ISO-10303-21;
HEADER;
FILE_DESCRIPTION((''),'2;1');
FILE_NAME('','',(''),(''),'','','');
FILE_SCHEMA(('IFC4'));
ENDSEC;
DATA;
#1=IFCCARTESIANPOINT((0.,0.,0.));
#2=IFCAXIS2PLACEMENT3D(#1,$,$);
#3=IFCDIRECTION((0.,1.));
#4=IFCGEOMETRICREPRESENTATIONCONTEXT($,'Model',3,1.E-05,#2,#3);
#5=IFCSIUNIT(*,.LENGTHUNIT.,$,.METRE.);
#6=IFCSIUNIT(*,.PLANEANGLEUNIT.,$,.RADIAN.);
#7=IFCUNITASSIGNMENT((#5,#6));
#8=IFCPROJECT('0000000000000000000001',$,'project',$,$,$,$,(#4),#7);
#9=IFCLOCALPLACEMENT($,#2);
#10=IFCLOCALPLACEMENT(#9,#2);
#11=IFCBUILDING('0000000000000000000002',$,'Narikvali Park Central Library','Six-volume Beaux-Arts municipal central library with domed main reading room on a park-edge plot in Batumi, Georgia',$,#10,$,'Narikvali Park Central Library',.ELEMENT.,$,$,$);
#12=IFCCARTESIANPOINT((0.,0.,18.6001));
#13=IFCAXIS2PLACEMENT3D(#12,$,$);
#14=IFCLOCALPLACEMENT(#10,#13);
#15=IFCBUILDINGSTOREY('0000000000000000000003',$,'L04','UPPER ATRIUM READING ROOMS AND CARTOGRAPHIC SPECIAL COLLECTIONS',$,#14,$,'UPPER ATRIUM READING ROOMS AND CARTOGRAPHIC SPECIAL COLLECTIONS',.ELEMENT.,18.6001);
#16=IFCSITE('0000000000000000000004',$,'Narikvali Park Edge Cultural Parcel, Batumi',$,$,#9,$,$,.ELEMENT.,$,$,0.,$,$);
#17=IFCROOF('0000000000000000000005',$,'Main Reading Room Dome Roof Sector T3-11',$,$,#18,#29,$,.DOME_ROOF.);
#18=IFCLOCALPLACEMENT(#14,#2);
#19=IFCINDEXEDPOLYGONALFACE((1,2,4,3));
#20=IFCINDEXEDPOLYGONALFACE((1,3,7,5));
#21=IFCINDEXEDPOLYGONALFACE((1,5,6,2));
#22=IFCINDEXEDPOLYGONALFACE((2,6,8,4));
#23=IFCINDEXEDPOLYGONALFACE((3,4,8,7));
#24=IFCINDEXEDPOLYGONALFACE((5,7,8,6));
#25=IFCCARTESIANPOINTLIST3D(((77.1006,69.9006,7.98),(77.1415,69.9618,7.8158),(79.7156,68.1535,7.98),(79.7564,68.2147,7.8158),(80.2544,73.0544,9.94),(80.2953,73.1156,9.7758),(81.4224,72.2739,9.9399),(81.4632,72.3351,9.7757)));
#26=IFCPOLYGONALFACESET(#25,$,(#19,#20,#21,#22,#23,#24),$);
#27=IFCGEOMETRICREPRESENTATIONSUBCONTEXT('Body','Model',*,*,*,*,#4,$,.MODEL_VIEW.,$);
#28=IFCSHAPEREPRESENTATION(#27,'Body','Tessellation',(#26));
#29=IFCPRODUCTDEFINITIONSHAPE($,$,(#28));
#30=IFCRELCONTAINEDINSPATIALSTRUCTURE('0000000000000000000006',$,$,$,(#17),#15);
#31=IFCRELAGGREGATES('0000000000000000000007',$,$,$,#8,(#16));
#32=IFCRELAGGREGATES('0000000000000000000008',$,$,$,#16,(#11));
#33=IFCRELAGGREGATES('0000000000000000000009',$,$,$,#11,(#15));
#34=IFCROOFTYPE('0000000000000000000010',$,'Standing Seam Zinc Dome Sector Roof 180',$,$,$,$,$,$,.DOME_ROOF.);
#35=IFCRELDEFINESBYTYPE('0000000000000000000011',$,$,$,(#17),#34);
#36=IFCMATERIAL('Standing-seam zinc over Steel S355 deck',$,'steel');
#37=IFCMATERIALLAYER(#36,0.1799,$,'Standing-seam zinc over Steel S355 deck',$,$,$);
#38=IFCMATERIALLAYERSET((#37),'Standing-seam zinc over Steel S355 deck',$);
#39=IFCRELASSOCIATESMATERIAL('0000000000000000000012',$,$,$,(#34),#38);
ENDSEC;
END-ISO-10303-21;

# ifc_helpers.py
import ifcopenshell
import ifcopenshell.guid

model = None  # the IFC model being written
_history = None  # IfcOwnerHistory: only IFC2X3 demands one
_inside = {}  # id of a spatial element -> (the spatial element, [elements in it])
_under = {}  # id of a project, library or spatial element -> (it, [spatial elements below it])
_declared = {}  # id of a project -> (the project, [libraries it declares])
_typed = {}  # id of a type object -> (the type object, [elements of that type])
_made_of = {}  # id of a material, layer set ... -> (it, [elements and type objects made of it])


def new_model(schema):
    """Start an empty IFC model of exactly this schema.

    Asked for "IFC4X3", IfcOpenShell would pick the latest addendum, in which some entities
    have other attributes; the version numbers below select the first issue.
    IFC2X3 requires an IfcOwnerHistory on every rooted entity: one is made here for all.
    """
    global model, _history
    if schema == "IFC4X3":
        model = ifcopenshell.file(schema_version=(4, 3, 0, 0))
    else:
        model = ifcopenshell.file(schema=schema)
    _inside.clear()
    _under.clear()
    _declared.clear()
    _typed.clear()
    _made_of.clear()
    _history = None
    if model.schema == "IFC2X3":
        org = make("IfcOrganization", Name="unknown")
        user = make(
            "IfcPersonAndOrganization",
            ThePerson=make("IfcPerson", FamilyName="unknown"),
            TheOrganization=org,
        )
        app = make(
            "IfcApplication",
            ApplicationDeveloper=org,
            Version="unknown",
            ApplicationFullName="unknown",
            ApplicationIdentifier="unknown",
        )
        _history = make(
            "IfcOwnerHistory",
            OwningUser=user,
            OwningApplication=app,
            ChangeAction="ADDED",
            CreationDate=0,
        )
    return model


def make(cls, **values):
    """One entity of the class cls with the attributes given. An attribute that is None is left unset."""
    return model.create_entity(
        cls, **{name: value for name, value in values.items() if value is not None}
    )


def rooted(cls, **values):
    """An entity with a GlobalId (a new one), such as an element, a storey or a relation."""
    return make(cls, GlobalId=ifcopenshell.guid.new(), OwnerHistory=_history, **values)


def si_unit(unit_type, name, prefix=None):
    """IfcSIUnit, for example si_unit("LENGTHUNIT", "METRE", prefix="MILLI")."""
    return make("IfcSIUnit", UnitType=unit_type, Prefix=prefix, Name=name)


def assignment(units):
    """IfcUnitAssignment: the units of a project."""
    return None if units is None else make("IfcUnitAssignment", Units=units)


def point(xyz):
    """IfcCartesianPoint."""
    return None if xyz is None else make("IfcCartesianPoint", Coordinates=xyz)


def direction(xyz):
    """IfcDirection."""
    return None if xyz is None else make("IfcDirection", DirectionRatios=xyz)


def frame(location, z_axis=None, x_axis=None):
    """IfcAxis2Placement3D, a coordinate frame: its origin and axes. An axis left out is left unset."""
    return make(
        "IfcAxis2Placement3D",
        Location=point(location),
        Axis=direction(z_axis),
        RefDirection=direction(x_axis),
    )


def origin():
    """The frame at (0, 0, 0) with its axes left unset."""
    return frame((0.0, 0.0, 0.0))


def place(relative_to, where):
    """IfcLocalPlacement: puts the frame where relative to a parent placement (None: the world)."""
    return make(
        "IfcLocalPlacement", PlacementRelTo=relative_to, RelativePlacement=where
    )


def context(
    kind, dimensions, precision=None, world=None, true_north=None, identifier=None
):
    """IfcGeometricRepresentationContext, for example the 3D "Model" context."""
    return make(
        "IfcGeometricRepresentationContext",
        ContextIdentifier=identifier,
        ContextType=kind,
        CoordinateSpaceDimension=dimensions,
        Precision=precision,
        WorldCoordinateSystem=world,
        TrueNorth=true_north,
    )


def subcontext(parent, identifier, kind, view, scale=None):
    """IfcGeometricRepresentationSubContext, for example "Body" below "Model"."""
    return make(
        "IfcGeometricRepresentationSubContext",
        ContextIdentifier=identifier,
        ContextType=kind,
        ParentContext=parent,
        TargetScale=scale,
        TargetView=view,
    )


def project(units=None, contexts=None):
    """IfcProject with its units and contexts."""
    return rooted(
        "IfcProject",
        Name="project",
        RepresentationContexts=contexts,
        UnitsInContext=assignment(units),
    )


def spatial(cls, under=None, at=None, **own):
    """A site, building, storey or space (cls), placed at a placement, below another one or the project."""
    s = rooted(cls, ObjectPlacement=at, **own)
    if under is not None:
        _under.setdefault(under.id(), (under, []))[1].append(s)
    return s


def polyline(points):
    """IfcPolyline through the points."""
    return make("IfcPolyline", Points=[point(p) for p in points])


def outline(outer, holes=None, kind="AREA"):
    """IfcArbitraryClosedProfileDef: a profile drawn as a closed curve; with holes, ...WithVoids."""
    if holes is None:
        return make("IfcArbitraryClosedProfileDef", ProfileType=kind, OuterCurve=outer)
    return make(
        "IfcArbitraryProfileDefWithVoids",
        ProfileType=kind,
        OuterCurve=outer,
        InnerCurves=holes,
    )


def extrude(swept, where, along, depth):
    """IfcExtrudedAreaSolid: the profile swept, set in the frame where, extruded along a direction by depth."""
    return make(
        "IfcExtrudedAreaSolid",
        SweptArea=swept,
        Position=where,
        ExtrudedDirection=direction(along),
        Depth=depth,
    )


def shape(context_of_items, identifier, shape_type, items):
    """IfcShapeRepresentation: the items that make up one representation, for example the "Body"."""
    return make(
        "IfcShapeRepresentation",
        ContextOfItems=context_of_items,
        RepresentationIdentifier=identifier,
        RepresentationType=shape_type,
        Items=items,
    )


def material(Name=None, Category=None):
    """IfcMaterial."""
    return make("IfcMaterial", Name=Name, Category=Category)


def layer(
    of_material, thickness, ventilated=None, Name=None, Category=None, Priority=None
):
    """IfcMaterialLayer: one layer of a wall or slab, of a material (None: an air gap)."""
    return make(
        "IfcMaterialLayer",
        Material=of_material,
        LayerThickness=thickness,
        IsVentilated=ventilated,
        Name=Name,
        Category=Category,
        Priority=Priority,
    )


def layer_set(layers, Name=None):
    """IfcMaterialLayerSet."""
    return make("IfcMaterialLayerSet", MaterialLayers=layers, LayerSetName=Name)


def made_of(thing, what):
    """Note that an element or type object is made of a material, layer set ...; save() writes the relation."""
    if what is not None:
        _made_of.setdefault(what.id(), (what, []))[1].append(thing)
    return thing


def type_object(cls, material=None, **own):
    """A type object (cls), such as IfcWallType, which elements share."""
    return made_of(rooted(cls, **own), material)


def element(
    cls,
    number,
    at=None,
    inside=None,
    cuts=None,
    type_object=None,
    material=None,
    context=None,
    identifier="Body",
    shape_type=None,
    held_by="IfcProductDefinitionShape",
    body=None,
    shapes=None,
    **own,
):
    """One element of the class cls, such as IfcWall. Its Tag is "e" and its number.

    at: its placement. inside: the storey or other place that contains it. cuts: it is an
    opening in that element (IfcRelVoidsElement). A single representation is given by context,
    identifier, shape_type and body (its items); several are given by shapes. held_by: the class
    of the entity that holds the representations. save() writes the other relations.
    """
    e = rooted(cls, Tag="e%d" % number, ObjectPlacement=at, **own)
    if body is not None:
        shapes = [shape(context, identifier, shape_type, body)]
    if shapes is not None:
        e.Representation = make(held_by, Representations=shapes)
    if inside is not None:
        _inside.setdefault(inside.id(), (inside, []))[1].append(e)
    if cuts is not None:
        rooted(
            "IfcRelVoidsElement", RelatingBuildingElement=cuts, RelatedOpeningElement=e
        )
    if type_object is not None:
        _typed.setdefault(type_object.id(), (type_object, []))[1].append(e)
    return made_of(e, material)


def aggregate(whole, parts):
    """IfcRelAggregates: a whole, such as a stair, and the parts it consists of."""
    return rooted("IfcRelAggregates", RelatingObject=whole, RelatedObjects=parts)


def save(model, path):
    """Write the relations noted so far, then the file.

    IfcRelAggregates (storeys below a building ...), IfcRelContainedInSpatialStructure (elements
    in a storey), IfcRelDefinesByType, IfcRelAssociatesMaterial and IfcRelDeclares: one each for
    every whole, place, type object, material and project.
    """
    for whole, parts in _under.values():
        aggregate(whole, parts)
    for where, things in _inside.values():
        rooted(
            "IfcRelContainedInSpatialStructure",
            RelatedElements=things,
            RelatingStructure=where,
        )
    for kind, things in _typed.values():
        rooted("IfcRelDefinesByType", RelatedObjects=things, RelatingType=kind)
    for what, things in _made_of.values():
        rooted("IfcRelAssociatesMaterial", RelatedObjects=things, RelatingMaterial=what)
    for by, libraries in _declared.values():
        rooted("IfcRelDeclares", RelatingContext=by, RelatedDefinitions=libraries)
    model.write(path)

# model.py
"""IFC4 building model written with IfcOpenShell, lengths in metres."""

from ifc_helpers import new_model, si_unit, direction, frame, origin, place, context, subcontext, project, spatial, polyline, outline, extrude, material, layer, layer_set, type_object, element, save


model = new_model("IFC4")

# Units and contexts
model_context = context("Model", 3, precision=1e-05, world=origin(), true_north=direction((0.0, 1.0)))
body_context = subcontext(model_context, "Body", "Model", "MODEL_VIEW")
ifc_project = project(units=[si_unit("LENGTHUNIT", "METRE"), si_unit("PLANEANGLEUNIT", "RADIAN")], contexts=[model_context])

# Site, building, storey
site_placement = place(None, origin())
site = spatial("IfcSite", under=ifc_project, at=site_placement, Name="Narikvali Park Edge Cultural Parcel, Batumi", CompositionType="ELEMENT", RefElevation=0.0)
building_placement = place(site_placement, origin())
building = spatial("IfcBuilding", under=site, at=building_placement, Name="Narikvali Park Central Library", Description="Six-volume Beaux-Arts municipal central library with domed main reading room on a park-edge plot in Batumi, Georgia", LongName="Narikvali Park Central Library", CompositionType="ELEMENT")
storey_placement = place(building_placement, frame((0.0, 0.0, 18.6001)))
storey = spatial("IfcBuildingStorey", under=building, at=storey_placement, Name="L04", Description="UPPER ATRIUM READING ROOMS AND CARTOGRAPHIC SPECIAL COLLECTIONS", LongName="UPPER ATRIUM READING ROOMS AND CARTOGRAPHIC SPECIAL COLLECTIONS", CompositionType="ELEMENT", Elevation=18.6001)

# Roof
ifc_material_1 = material(Name="Standing-seam zinc over Steel S355 deck", Category="steel")
ifc_layer_1 = layer(ifc_material_1, 0.1799, Name="Standing-seam zinc over Steel S355 deck")
ifc_layer_set_1 = layer_set([ifc_layer_1], Name="Standing-seam zinc over Steel S355 deck")
roof_type = type_object("IfcRoofType", Name="Standing Seam Zinc Dome Sector Roof 180", PredefinedType="DOME_ROOF", material=ifc_layer_set_1)
roof_1_placement = place(storey_placement, frame((77.1006, 69.9006, 7.98), z_axis=(-0.227162, -0.339986, 0.912583), x_axis=(0.831497, -0.555529, 0.000014)))
element("IfcRoof", 1, at=roof_1_placement, inside=storey, type_object=roof_type, Name="Main Reading Room Dome Roof Sector T3-11", PredefinedType="DOME_ROOF", context=body_context, shape_type="SweptSolid", body=[
    extrude(outline(polyline([(0.0, 0.0), (3.1449, 0.0), (2.2751, 4.7933), (0.8704, 4.7934), (0.0, 0.0)])), origin(), (0.0, 0.0, -1.0), 0.1799),
])

save(model, "model.ifc")
